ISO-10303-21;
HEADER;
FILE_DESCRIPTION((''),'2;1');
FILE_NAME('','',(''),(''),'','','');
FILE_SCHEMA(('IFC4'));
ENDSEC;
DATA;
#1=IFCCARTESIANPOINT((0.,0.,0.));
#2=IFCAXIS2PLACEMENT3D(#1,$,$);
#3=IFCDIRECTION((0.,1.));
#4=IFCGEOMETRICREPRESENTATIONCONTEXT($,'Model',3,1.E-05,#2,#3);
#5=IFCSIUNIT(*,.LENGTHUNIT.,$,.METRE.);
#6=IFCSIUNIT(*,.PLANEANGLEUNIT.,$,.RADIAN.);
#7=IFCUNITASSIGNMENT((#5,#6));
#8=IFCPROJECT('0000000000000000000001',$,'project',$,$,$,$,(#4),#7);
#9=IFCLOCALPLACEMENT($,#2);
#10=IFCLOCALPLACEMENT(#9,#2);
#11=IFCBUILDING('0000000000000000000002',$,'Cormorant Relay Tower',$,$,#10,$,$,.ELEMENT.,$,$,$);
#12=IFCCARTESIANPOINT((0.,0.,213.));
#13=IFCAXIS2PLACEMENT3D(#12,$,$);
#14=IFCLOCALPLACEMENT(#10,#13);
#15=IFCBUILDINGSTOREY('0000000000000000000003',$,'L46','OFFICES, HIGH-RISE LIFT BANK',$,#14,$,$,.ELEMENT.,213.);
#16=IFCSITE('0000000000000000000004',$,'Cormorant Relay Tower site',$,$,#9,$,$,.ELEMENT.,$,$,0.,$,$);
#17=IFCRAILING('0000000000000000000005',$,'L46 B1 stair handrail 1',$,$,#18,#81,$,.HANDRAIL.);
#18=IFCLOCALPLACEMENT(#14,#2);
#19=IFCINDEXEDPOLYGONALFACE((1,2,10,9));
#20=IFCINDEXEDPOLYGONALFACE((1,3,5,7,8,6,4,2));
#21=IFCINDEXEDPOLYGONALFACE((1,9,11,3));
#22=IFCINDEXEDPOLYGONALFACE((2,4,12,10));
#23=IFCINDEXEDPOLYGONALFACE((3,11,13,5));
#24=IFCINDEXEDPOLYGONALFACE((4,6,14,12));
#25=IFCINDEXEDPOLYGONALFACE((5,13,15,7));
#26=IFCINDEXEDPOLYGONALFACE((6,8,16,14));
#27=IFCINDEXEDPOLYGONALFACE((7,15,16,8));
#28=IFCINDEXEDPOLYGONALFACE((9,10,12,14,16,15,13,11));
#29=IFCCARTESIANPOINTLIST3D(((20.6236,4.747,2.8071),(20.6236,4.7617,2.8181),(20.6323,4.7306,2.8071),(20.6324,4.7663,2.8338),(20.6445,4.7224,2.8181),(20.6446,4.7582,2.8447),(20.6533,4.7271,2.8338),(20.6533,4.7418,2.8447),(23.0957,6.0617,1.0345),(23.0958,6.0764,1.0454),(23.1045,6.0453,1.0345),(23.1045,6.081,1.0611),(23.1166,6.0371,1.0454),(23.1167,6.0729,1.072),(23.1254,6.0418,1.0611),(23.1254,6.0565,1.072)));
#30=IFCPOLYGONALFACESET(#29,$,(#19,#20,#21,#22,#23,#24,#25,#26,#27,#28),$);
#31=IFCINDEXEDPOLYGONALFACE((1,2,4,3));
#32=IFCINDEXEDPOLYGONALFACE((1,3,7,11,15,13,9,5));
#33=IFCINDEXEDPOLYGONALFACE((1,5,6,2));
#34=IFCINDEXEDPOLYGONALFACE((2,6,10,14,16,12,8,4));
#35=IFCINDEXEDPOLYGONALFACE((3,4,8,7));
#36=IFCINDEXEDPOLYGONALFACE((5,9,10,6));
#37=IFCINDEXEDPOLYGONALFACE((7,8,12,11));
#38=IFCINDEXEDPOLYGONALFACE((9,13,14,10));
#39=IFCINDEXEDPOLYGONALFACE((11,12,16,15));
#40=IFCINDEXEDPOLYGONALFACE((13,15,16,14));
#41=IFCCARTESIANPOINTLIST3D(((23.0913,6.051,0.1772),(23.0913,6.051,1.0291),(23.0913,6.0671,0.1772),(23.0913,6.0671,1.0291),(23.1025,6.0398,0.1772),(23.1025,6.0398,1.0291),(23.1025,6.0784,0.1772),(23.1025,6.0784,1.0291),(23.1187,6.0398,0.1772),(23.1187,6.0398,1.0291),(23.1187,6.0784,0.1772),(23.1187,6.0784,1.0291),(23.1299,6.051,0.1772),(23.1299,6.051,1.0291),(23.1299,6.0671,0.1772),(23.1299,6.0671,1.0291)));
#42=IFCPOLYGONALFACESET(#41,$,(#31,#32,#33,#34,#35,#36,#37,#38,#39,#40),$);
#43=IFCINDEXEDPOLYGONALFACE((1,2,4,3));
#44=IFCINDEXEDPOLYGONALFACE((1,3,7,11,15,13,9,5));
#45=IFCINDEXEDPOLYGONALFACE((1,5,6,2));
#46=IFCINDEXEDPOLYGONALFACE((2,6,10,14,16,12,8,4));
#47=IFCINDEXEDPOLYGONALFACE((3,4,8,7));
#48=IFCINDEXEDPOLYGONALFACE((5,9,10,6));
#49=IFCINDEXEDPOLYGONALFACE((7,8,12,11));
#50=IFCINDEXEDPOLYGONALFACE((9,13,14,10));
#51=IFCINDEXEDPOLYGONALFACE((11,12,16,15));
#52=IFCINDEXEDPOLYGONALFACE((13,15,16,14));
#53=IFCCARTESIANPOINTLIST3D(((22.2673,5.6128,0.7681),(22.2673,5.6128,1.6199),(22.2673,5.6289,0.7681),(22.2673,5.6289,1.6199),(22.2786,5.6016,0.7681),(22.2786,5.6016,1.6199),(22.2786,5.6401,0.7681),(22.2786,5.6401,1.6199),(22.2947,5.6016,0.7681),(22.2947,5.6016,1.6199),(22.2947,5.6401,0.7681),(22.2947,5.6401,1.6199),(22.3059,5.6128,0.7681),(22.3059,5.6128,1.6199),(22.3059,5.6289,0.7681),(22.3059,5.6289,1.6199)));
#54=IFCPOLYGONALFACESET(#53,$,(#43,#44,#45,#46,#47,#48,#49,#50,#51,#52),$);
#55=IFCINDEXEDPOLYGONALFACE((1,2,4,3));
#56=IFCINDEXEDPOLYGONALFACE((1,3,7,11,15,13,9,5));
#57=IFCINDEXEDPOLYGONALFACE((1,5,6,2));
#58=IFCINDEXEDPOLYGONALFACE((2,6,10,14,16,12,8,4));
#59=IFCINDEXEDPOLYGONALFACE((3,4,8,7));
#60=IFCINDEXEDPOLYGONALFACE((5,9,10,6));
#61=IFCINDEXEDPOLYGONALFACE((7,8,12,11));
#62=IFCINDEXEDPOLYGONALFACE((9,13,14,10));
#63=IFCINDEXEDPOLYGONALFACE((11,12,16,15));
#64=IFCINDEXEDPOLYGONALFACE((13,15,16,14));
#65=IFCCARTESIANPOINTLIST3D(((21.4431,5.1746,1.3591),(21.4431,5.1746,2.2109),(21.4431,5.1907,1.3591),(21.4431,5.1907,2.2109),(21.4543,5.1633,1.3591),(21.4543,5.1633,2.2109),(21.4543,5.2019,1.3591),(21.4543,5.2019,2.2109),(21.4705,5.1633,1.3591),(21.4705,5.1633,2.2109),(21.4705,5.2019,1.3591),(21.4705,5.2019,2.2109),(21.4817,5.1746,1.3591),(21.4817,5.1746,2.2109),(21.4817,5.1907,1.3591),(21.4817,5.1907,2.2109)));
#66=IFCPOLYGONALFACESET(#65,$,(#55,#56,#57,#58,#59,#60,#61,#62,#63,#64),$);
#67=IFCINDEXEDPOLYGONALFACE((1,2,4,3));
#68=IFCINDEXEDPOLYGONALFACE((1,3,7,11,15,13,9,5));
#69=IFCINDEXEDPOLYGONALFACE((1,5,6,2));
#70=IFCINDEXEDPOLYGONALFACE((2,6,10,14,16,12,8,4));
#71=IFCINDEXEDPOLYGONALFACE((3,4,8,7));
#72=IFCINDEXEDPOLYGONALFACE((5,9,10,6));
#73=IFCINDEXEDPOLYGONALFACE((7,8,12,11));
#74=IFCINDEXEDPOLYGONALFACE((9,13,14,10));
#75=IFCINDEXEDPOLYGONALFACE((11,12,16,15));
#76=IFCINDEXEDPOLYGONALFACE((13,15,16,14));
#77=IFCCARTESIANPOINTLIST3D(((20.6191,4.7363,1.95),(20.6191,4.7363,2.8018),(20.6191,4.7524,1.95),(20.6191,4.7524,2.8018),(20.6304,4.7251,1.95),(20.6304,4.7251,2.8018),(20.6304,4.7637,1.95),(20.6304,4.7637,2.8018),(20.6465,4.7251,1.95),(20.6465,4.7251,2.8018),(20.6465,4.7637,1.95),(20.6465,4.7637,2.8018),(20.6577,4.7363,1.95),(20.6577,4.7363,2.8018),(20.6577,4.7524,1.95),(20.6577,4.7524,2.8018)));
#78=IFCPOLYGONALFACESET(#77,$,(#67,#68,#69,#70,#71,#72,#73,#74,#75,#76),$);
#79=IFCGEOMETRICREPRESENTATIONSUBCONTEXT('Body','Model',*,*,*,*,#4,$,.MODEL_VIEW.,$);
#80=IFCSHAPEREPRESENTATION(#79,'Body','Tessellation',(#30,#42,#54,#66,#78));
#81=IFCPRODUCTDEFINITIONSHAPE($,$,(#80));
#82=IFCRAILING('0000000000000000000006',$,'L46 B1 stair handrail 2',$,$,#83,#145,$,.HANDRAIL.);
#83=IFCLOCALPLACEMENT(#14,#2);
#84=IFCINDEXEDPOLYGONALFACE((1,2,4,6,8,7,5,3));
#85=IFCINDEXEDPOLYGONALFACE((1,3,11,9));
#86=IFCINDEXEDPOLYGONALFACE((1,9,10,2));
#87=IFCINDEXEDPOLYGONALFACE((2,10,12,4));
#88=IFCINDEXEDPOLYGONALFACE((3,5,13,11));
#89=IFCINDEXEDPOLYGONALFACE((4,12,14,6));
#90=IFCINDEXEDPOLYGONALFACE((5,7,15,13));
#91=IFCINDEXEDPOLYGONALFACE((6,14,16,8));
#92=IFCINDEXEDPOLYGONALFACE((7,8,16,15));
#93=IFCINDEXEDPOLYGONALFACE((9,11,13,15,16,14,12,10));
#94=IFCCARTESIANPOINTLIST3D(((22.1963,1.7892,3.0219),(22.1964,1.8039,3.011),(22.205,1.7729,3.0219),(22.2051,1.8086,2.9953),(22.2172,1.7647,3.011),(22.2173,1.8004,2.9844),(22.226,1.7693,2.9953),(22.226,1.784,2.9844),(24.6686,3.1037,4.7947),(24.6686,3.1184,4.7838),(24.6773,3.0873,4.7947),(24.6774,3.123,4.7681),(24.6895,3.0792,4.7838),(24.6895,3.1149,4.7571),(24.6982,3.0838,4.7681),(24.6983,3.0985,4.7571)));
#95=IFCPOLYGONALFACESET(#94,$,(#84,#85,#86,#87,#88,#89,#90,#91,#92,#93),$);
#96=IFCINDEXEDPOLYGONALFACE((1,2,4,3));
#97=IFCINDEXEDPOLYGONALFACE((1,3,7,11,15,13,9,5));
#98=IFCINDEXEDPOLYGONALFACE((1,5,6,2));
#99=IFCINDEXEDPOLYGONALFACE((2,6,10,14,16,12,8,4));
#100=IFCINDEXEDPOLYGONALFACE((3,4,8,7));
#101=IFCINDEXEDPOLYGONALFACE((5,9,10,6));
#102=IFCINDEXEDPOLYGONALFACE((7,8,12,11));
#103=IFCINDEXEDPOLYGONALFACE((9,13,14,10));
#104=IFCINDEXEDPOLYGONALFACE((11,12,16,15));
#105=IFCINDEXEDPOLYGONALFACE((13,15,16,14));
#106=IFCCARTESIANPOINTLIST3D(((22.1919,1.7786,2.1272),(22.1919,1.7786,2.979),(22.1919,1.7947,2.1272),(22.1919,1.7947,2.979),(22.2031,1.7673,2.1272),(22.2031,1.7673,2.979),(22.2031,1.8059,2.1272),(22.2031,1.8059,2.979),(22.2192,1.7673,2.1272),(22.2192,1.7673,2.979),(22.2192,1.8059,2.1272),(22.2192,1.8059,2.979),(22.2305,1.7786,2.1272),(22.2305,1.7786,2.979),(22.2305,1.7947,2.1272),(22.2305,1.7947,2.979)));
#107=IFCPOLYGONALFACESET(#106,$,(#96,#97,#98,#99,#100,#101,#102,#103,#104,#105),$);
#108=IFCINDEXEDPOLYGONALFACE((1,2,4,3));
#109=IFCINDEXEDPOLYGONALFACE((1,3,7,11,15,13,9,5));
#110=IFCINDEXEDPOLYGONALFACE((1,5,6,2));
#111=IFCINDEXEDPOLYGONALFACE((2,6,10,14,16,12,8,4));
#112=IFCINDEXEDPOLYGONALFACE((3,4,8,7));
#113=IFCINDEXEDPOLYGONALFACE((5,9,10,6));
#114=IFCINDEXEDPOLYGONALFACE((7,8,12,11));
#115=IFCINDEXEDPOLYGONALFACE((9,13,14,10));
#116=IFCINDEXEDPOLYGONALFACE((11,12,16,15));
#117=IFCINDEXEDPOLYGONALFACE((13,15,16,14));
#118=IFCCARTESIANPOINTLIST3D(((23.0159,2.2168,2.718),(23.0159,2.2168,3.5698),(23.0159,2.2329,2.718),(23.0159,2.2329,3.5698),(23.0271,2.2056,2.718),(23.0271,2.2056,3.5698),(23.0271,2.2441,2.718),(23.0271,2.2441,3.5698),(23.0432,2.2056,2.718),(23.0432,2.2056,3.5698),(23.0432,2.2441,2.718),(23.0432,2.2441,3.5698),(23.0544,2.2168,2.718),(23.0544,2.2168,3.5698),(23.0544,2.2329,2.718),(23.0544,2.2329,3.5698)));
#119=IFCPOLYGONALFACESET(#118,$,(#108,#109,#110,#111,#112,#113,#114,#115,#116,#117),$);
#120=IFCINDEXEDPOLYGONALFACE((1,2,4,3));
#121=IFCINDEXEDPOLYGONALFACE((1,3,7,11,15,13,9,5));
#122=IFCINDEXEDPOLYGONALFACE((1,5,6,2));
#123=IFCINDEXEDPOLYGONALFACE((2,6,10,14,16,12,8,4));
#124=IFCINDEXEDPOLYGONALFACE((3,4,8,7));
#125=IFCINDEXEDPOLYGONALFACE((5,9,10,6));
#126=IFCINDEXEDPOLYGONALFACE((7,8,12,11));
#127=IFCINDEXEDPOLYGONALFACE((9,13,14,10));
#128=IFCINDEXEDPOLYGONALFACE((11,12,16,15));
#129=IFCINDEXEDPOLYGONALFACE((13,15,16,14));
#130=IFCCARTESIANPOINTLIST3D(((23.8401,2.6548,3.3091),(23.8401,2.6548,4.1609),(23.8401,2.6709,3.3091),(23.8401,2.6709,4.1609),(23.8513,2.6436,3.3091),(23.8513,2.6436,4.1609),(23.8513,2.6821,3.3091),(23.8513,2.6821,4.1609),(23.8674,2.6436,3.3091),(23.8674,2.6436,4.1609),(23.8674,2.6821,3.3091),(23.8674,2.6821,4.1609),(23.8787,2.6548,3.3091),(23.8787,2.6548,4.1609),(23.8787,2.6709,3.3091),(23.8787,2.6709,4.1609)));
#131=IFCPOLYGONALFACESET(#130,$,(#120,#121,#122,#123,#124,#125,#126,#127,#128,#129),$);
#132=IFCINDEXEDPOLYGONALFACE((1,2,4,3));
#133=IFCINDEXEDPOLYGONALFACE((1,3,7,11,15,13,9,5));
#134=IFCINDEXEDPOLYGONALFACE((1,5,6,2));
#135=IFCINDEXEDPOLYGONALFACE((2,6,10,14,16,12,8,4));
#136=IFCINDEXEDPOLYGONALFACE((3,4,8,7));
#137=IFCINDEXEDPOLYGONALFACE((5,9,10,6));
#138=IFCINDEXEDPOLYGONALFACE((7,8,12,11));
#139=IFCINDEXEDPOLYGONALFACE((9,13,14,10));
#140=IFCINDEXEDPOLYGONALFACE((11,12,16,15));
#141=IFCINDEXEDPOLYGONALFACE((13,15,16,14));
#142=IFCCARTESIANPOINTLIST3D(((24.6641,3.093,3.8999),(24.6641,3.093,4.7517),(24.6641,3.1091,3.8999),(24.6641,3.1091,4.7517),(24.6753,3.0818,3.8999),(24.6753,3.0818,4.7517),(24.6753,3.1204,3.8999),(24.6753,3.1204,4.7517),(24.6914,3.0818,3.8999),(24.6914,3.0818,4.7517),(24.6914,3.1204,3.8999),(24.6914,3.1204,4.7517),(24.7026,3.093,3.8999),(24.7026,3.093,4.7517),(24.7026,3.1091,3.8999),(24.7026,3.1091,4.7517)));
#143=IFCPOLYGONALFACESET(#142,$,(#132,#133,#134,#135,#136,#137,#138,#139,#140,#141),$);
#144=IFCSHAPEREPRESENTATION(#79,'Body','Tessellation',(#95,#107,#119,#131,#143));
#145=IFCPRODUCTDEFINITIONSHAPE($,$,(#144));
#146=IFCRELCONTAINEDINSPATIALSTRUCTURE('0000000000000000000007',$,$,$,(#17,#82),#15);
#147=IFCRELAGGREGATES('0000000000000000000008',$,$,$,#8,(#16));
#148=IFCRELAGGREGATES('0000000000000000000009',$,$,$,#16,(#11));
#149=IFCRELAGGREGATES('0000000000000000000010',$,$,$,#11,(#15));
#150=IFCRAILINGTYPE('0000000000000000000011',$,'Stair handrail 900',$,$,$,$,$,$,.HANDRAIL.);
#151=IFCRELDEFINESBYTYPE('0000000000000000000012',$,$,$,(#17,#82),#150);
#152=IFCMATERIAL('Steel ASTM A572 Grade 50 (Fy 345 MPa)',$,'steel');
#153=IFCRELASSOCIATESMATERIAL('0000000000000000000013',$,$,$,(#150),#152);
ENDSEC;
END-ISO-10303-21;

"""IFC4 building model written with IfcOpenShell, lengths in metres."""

from ifc_helpers import new_model, si_unit, direction, frame, origin, place, context, subcontext, project, spatial, polyline, outline, extrude, material, type_object, element, save


model = new_model("IFC4")

# Units and contexts
model_context = context("Model", 3, precision=1e-05, world=origin(), true_north=direction((0.0, 1.0)))
body_context = subcontext(model_context, "Body", "Model", "MODEL_VIEW")
ifc_project = project(units=[si_unit("LENGTHUNIT", "METRE"), si_unit("PLANEANGLEUNIT", "RADIAN")], contexts=[model_context])

# Site, building, storey
site_placement = place(None, origin())
site = spatial("IfcSite", under=ifc_project, at=site_placement, Name="Cormorant Relay Tower site", CompositionType="ELEMENT", RefElevation=0.0)
building_placement = place(site_placement, origin())
building = spatial("IfcBuilding", under=site, at=building_placement, Name="Cormorant Relay Tower", CompositionType="ELEMENT")
storey_placement = place(building_placement, frame((0.0, 0.0, 213.0)))
storey = spatial("IfcBuildingStorey", under=building, at=storey_placement, Name="L46", Description="OFFICES, HIGH-RISE LIFT BANK", CompositionType="ELEMENT", Elevation=213.0)

# Railings
ifc_material_1 = material(Name="Steel ASTM A572 Grade 50 (Fy 345 MPa)", Category="steel")
railing_type_1 = type_object("IfcRailingType", Name="Stair handrail 900", PredefinedType="HANDRAIL", material=ifc_material_1)
railing_1_placement = place(storey_placement, frame((23.1106, 6.0591, 0.1772)))
element("IfcRailing", 1, at=railing_1_placement, inside=storey, type_object=railing_type_1, Name="L46 B1 stair handrail 1", PredefinedType="HANDRAIL", context=body_context, shape_type="SweptSolid", body=[
    extrude(outline(polyline([(0.0222, 0.0093), (0.0093, 0.0222), (-0.0093, 0.0222), (-0.0222, 0.0093), (-0.0222, -0.0093), (-0.0093, -0.0222), (0.0093, -0.0222), (0.0222, -0.0093), (0.0222, 0.0093)])), frame((0.0, 0.0, 0.876), z_axis=(-0.745979, -0.396711, 0.534916), x_axis=(0.469533, -0.882915, 0.0)), (0.0, 0.0, 1.0), 3.314),
    extrude(outline(polyline([(0.0193, 0.0081), (0.0081, 0.0193), (-0.0081, 0.0193), (-0.0193, 0.0081), (-0.0193, -0.0081), (-0.0081, -0.0193), (0.0081, -0.0193), (0.0193, -0.0081), (0.0193, 0.0081)])), origin(), (0.0, 0.0, 1.0), 0.8518),
    extrude(outline(polyline([(0.0193, 0.0081), (0.0081, 0.0193), (-0.0081, 0.0193), (-0.0193, 0.0081), (-0.0193, -0.0081), (-0.0081, -0.0193), (0.0081, -0.0193), (0.0193, -0.0081), (0.0193, 0.0081)])), frame((-0.824, -0.4382, 0.5908)), (0.0, 0.0, 1.0), 0.8518),
    extrude(outline(polyline([(0.0193, 0.0081), (0.0081, 0.0193), (-0.0081, 0.0193), (-0.0193, 0.0081), (-0.0193, -0.0081), (-0.0081, -0.0193), (0.0081, -0.0193), (0.0193, -0.0081), (0.0193, 0.0081)])), frame((-1.6482, -0.8765, 1.1819)), (0.0, 0.0, 1.0), 0.8518),
    extrude(outline(polyline([(0.0193, 0.0081), (0.0081, 0.0193), (-0.0081, 0.0193), (-0.0193, 0.0081), (-0.0193, -0.0081), (-0.0081, -0.0193), (0.0081, -0.0193), (0.0193, -0.0081), (0.0193, 0.0081)])), frame((-2.4722, -1.3147, 1.7727)), (0.0, 0.0, 1.0), 0.8518),
])
railing_2_placement = place(storey_placement, frame((22.2112, 1.7866, 2.1272)))
element("IfcRailing", 2, at=railing_2_placement, inside=storey, type_object=railing_type_1, Name="L46 B1 stair handrail 2", PredefinedType="HANDRAIL", context=body_context, shape_type="SweptSolid", body=[
    extrude(outline(polyline([(0.0222, 0.0093), (0.0093, 0.0222), (-0.0093, 0.0222), (-0.0222, 0.0093), (-0.0222, -0.0093), (-0.0093, -0.0222), (0.0093, -0.0222), (0.0222, -0.0093), (0.0222, 0.0093)])), frame((0.0, 0.0, 0.876), z_axis=(0.746001, 0.396649, 0.534931), x_axis=(-0.469465, 0.882951, 0.0)), (0.0, 0.0, 1.0), 3.314),
    extrude(outline(polyline([(0.0193, 0.0081), (0.0081, 0.0193), (-0.0081, 0.0193), (-0.0193, 0.0081), (-0.0193, -0.0081), (-0.0081, -0.0193), (0.0081, -0.0193), (0.0193, -0.0081), (0.0193, 0.0081)])), origin(), (0.0, 0.0, 1.0), 0.8518),
    extrude(outline(polyline([(0.0193, 0.0081), (0.0081, 0.0193), (-0.0081, 0.0193), (-0.0193, 0.0081), (-0.0193, -0.0081), (-0.0081, -0.0193), (0.0081, -0.0193), (0.0193, -0.0081), (0.0193, 0.0081)])), frame((0.824, 0.4382, 0.5908)), (0.0, 0.0, 1.0), 0.8518),
    extrude(outline(polyline([(0.0193, 0.0081), (0.0081, 0.0193), (-0.0081, 0.0193), (-0.0193, 0.0081), (-0.0193, -0.0081), (-0.0081, -0.0193), (0.0081, -0.0193), (0.0193, -0.0081), (0.0193, 0.0081)])), frame((1.6482, 0.8762, 1.1819)), (0.0, 0.0, 1.0), 0.8518),
    extrude(outline(polyline([(0.0193, 0.0081), (0.0081, 0.0193), (-0.0081, 0.0193), (-0.0193, 0.0081), (-0.0193, -0.0081), (-0.0081, -0.0193), (0.0081, -0.0193), (0.0193, -0.0081), (0.0193, 0.0081)])), frame((2.4722, 1.3145, 1.7727)), (0.0, 0.0, 1.0), 0.8518),
])

save(model, "model.ifc")
